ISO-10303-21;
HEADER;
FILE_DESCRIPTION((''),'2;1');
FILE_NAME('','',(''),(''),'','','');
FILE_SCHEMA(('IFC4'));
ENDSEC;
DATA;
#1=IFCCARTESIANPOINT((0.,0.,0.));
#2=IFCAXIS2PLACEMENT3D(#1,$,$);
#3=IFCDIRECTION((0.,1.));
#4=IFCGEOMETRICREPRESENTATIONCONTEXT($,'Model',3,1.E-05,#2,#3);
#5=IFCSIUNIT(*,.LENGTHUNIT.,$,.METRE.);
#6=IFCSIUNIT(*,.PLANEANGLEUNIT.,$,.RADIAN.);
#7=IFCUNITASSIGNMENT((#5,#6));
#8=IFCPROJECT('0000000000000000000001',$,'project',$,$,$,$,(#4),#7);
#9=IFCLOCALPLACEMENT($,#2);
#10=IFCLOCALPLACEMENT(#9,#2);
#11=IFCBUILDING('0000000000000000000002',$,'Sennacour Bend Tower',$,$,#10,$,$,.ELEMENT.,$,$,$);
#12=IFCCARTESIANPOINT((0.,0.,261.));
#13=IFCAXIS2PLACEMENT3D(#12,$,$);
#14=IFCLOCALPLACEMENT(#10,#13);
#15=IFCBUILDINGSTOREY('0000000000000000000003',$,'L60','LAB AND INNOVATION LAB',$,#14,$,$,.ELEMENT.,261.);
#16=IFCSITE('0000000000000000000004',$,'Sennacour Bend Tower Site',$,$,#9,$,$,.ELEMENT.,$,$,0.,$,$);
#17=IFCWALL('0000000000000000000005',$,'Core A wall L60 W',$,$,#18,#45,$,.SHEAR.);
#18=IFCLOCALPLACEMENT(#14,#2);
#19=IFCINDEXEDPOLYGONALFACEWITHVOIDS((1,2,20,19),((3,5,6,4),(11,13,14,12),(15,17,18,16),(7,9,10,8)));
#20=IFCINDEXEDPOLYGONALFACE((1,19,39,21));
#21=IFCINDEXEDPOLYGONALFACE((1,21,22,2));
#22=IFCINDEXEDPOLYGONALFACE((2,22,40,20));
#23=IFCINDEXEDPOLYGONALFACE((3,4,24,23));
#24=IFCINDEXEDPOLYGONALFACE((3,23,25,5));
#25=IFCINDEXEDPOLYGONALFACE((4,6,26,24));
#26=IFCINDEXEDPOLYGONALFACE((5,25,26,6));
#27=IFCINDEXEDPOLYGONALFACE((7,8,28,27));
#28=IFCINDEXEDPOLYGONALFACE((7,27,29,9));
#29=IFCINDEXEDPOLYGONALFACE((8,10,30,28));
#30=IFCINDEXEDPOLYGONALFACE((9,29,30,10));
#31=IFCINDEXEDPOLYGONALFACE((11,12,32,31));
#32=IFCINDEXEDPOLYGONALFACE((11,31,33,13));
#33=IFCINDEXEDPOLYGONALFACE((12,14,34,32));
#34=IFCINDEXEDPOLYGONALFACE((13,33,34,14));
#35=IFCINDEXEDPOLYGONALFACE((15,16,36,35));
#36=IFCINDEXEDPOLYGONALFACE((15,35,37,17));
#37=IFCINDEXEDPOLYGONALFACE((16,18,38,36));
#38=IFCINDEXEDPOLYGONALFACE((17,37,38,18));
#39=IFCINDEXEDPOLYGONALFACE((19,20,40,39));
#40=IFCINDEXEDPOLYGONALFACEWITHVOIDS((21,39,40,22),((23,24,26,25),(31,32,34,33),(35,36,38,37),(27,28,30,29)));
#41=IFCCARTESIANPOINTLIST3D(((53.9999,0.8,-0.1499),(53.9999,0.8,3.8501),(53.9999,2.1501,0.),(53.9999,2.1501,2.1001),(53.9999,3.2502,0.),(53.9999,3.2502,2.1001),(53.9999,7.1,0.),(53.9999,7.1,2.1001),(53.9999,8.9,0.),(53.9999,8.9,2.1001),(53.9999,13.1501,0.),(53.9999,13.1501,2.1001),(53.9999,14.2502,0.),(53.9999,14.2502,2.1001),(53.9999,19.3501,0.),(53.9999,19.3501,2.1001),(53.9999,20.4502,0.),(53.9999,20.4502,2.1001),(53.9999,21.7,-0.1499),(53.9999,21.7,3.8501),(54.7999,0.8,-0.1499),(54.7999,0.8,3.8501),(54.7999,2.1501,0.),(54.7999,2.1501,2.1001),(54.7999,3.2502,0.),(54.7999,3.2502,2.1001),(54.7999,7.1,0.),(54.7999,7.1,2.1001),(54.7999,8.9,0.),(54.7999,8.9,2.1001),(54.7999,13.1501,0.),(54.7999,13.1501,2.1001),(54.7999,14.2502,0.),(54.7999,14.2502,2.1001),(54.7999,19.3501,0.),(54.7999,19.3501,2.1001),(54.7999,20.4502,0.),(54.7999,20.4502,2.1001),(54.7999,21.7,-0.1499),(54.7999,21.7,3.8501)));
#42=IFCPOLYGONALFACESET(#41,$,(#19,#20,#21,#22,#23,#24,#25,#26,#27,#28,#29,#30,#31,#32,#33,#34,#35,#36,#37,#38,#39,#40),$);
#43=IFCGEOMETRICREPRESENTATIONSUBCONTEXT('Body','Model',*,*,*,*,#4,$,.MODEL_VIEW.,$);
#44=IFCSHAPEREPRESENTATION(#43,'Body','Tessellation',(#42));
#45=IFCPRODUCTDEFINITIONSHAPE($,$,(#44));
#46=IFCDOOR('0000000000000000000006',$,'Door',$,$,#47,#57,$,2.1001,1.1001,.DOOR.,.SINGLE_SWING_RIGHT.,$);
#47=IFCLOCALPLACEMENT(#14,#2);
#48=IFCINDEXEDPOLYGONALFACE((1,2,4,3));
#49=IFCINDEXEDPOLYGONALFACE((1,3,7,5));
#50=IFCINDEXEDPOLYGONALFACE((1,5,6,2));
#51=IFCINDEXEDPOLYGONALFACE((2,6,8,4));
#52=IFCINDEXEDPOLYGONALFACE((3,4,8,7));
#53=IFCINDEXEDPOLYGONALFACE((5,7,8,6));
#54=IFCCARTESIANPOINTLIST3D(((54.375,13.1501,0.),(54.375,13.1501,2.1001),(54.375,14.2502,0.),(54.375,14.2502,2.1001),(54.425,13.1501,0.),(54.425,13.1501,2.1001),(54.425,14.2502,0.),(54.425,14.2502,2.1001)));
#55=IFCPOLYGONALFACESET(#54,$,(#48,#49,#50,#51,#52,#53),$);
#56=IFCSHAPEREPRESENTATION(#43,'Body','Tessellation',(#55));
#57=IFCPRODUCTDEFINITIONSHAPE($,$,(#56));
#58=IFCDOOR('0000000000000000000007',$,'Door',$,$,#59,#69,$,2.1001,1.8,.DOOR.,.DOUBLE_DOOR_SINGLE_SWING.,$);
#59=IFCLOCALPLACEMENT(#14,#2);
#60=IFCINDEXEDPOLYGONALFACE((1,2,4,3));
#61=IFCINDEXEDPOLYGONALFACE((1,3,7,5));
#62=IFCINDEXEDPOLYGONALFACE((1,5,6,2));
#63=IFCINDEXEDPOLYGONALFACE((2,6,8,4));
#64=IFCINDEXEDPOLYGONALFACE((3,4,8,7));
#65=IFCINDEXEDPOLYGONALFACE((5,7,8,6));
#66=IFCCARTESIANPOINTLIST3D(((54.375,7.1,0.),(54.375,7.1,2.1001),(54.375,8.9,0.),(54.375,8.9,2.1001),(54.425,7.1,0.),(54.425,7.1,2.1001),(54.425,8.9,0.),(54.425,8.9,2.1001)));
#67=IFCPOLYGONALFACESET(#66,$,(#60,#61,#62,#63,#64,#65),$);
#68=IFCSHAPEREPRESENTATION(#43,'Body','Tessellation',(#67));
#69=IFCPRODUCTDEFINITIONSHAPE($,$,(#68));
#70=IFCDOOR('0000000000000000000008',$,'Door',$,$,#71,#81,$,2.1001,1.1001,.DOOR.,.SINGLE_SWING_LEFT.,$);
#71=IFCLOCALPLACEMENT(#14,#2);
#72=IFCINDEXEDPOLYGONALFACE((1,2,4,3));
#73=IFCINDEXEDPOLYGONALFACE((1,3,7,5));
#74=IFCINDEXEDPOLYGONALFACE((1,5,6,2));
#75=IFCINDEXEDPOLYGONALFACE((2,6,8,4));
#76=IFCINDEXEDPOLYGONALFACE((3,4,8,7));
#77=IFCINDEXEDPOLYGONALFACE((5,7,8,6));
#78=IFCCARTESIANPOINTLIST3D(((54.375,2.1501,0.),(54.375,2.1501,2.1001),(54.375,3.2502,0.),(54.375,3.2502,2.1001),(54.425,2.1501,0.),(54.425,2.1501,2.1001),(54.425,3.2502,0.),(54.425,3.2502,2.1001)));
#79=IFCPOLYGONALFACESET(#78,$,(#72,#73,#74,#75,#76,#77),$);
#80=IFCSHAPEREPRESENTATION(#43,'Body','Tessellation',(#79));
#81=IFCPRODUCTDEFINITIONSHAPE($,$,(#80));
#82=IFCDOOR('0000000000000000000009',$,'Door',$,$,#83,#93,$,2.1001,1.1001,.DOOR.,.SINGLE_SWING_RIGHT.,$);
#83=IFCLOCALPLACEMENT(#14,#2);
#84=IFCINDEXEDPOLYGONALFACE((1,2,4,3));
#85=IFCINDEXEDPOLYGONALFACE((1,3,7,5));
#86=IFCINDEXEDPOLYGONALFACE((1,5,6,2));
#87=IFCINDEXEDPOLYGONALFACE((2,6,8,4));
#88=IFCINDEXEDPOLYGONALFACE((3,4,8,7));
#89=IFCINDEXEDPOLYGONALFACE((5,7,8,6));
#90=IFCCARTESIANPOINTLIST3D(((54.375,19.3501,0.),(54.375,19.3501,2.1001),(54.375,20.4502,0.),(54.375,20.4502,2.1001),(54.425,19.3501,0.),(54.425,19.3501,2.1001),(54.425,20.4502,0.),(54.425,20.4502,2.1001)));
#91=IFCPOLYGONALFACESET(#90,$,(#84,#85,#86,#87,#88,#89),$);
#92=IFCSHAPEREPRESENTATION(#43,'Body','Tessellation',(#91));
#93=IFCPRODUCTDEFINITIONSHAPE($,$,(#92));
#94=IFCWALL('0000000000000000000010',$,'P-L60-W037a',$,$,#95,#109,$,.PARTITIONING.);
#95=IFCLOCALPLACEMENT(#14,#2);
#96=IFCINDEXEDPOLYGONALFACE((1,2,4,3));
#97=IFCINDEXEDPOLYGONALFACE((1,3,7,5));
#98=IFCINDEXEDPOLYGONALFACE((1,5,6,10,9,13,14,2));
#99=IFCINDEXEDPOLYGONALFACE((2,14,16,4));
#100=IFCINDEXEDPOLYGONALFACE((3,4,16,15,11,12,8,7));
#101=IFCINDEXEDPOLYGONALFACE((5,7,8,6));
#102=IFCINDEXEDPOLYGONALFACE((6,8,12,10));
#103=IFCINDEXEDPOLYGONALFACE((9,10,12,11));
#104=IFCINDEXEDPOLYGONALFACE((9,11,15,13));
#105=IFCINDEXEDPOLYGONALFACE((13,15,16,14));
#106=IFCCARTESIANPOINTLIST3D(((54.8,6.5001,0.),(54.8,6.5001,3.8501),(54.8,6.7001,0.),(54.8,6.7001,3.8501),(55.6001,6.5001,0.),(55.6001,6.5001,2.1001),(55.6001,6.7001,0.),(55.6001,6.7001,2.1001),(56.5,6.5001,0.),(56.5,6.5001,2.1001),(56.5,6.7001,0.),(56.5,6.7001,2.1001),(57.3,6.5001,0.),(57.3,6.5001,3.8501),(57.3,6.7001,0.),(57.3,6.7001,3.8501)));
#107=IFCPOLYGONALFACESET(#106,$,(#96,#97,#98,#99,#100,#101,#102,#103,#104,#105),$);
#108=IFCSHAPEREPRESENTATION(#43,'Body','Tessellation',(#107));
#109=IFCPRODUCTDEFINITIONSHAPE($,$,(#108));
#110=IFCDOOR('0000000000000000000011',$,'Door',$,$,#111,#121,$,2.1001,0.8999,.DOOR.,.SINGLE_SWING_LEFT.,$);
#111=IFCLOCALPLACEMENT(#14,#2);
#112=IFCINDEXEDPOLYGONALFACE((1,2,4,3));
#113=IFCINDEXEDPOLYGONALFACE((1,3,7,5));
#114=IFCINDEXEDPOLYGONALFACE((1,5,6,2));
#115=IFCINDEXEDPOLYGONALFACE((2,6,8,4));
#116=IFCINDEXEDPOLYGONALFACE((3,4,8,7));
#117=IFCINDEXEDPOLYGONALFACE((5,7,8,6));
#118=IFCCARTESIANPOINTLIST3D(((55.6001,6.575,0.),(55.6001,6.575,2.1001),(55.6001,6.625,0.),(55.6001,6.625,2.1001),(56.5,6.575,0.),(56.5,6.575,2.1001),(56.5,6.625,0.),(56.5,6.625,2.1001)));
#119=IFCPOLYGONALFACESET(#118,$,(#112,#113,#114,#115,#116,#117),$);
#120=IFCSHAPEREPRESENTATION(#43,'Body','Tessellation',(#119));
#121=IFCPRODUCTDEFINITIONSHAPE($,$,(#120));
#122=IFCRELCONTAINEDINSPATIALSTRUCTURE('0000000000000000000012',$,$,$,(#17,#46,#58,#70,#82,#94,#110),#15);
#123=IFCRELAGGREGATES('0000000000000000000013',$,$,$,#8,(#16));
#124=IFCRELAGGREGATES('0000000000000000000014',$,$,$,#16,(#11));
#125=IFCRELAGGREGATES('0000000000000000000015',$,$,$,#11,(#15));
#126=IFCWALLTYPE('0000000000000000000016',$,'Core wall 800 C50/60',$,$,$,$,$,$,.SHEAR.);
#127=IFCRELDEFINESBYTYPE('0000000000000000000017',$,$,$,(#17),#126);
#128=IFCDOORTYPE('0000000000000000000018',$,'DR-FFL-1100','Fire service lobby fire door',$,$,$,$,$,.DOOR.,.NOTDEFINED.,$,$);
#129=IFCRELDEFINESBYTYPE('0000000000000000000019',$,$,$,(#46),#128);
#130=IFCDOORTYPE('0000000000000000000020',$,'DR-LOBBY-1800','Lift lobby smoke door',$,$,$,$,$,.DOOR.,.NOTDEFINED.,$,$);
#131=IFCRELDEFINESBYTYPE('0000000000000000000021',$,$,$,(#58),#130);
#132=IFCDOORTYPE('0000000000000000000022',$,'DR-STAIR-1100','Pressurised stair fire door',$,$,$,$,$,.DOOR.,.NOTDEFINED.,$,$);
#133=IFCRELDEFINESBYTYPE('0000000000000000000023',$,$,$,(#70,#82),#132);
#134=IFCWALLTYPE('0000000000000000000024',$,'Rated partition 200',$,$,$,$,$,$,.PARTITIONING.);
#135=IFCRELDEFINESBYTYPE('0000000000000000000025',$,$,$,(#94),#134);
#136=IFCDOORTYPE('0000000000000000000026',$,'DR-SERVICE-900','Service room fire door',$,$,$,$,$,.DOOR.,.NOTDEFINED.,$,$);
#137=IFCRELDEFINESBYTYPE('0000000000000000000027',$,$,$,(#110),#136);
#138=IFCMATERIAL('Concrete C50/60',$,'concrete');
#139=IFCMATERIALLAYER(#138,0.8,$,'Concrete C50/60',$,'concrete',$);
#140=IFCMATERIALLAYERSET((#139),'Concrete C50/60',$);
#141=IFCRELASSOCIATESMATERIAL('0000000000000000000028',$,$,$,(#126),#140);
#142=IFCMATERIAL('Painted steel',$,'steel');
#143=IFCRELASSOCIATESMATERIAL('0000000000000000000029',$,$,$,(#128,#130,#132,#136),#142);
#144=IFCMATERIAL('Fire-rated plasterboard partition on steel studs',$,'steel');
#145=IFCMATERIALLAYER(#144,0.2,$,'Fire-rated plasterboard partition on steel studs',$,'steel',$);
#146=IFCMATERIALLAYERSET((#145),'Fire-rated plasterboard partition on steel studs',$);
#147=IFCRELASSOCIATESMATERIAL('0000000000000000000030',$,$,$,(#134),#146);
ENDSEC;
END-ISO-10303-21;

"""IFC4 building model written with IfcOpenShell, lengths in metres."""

from ifc_helpers import new_model, si_unit, direction, frame, frame_2d, origin, place, context, subcontext, project, spatial, rectangle, extrude, material, layer, layer_set, type_object, element, fill, save


model = new_model("IFC4")

# Units and contexts
model_context = context("Model", 3, precision=1e-05, world=origin(), true_north=direction((0.0, 1.0)))
body_context = subcontext(model_context, "Body", "Model", "MODEL_VIEW")
ifc_project = project(units=[si_unit("LENGTHUNIT", "METRE"), si_unit("PLANEANGLEUNIT", "RADIAN")], contexts=[model_context])

# Site, building, storey
site_placement = place(None, origin())
site = spatial("IfcSite", under=ifc_project, at=site_placement, Name="Sennacour Bend Tower Site", CompositionType="ELEMENT", RefElevation=0.0)
building_placement = place(site_placement, origin())
building = spatial("IfcBuilding", under=site, at=building_placement, Name="Sennacour Bend Tower", CompositionType="ELEMENT")
storey_placement = place(building_placement, frame((0.0, 0.0, 261.0)))
storey = spatial("IfcBuildingStorey", under=building, at=storey_placement, Name="L60", Description="LAB AND INNOVATION LAB", CompositionType="ELEMENT", Elevation=261.0)

# Wall, openings, doors
ifc_material_1 = material(Name="Concrete C50/60", Category="concrete")
ifc_layer_1 = layer(ifc_material_1, 0.8, Name="Concrete C50/60", Category="concrete")
ifc_layer_set_1 = layer_set([ifc_layer_1], Name="Concrete C50/60")
wall_type_1 = type_object("IfcWallType", Name="Core wall 800 C50/60", PredefinedType="SHEAR", material=ifc_layer_set_1)
wall_1_placement = place(storey_placement, frame((54.3999, 0.8, -0.1499), z_axis=(0.0, 0.0, 1.0), x_axis=(0.0, 1.0, 0.0)))
wall_1 = element("IfcWall", 1, at=wall_1_placement, inside=storey, type_object=wall_type_1, Name="Core A wall L60 W", PredefinedType="SHEAR", context=body_context, shape_type="SweptSolid", body=[
    extrude(rectangle(XDim=20.8999, YDim=0.8, at=frame_2d((10.45, 0.0))), origin(), (0.0, 0.0, 1.0), 4.0),
])
opening_1_placement = place(wall_1_placement, frame((6.3, 0.0, 0.1499)))
opening_1 = element("IfcOpeningElement", 2, at=opening_1_placement, cuts=wall_1, PredefinedType="OPENING", context=body_context, shape_type="SweptSolid", body=[
    extrude(rectangle(XDim=1.8, YDim=2.1001, at=frame_2d((0.8999, 1.05))), frame((0.0, 0.4102, 0.0), z_axis=(0.0, -1.0, 0.0), x_axis=(1.0, 0.0, 0.0)), (0.0, 0.0, 1.0), 0.8201),
])
opening_2_placement = place(wall_1_placement, frame((12.3501, 0.0, 0.1499)))
opening_2 = element("IfcOpeningElement", 3, at=opening_2_placement, cuts=wall_1, PredefinedType="OPENING", context=body_context, shape_type="SweptSolid", body=[
    extrude(rectangle(XDim=1.1001, YDim=2.1001, at=frame_2d((0.55, 1.05))), frame((0.0, 0.4102, 0.0), z_axis=(0.0, -1.0, 0.0), x_axis=(1.0, 0.0, 0.0)), (0.0, 0.0, 1.0), 0.8201),
])
opening_3_placement = place(wall_1_placement, frame((1.3501, 0.0, 0.1499)))
opening_3 = element("IfcOpeningElement", 4, at=opening_3_placement, cuts=wall_1, PredefinedType="OPENING", context=body_context, shape_type="SweptSolid", body=[
    extrude(rectangle(XDim=1.1001, YDim=2.1001, at=frame_2d((0.55, 1.05))), frame((0.0, 0.4102, 0.0), z_axis=(0.0, -1.0, 0.0), x_axis=(1.0, 0.0, 0.0)), (0.0, 0.0, 1.0), 0.8201),
])
opening_4_placement = place(wall_1_placement, frame((18.55, 0.0, 0.1499)))
opening_4 = element("IfcOpeningElement", 5, at=opening_4_placement, cuts=wall_1, PredefinedType="OPENING", context=body_context, shape_type="SweptSolid", body=[
    extrude(rectangle(XDim=1.1001, YDim=2.1001, at=frame_2d((0.55, 1.05))), frame((0.0, 0.4102, 0.0), z_axis=(0.0, -1.0, 0.0), x_axis=(1.0, 0.0, 0.0)), (0.0, 0.0, 1.0), 0.8201),
])
ifc_material_2 = material(Name="Painted steel", Category="steel")
door_type_1 = type_object("IfcDoorType", Name="DR-FFL-1100", Description="Fire service lobby fire door", OperationType="NOTDEFINED", PredefinedType="DOOR", material=ifc_material_2)
door_1_placement = place(opening_2_placement, origin())
door_1 = element("IfcDoor", 6, at=door_1_placement, inside=storey, type_object=door_type_1, Name="Door", OperationType="SINGLE_SWING_RIGHT", OverallHeight=2.1001, OverallWidth=1.1001, PredefinedType="DOOR", context=body_context, shape_type="SweptSolid", body=[
    extrude(rectangle(XDim=1.1001, YDim=2.1001, at=frame_2d((0.55, 1.05))), frame((0.0, 0.0249, 0.0), z_axis=(0.0, -1.0, 0.0), x_axis=(1.0, 0.0, 0.0)), (0.0, 0.0, 1.0), 0.05),
])
fill(opening_2, door_1)
door_type_2 = type_object("IfcDoorType", Name="DR-LOBBY-1800", Description="Lift lobby smoke door", OperationType="NOTDEFINED", PredefinedType="DOOR", material=ifc_material_2)
door_2_placement = place(opening_1_placement, origin())
door_2 = element("IfcDoor", 7, at=door_2_placement, inside=storey, type_object=door_type_2, Name="Door", OperationType="DOUBLE_DOOR_SINGLE_SWING", OverallHeight=2.1001, OverallWidth=1.8, PredefinedType="DOOR", context=body_context, shape_type="SweptSolid", body=[
    extrude(rectangle(XDim=1.8, YDim=2.1001, at=frame_2d((0.8999, 1.05))), frame((0.0, 0.0249, 0.0), z_axis=(0.0, -1.0, 0.0), x_axis=(1.0, 0.0, 0.0)), (0.0, 0.0, 1.0), 0.05),
])
fill(opening_1, door_2)
door_type_3 = type_object("IfcDoorType", Name="DR-STAIR-1100", Description="Pressurised stair fire door", OperationType="NOTDEFINED", PredefinedType="DOOR", material=ifc_material_2)
door_3_placement = place(opening_3_placement, origin())
door_3 = element("IfcDoor", 8, at=door_3_placement, inside=storey, type_object=door_type_3, Name="Door", OperationType="SINGLE_SWING_LEFT", OverallHeight=2.1001, OverallWidth=1.1001, PredefinedType="DOOR", context=body_context, shape_type="SweptSolid", body=[
    extrude(rectangle(XDim=1.1001, YDim=2.1001, at=frame_2d((0.55, 1.05))), frame((0.0, 0.0249, 0.0), z_axis=(0.0, -1.0, 0.0), x_axis=(1.0, 0.0, 0.0)), (0.0, 0.0, 1.0), 0.05),
])
fill(opening_3, door_3)
door_4_placement = place(opening_4_placement, origin())
door_4 = element("IfcDoor", 9, at=door_4_placement, inside=storey, type_object=door_type_3, Name="Door", OperationType="SINGLE_SWING_RIGHT", OverallHeight=2.1001, OverallWidth=1.1001, PredefinedType="DOOR", context=body_context, shape_type="SweptSolid", body=[
    extrude(rectangle(XDim=1.1001, YDim=2.1001, at=frame_2d((0.55, 1.05))), frame((0.0, 0.0249, 0.0), z_axis=(0.0, -1.0, 0.0), x_axis=(1.0, 0.0, 0.0)), (0.0, 0.0, 1.0), 0.05),
])
fill(opening_4, door_4)

# Wall, opening, door
ifc_material_3 = material(Name="Fire-rated plasterboard partition on steel studs", Category="steel")
ifc_layer_2 = layer(ifc_material_3, 0.2, Name="Fire-rated plasterboard partition on steel studs", Category="steel")
ifc_layer_set_2 = layer_set([ifc_layer_2], Name="Fire-rated plasterboard partition on steel studs")
wall_type_2 = type_object("IfcWallType", Name="Rated partition 200", PredefinedType="PARTITIONING", material=ifc_layer_set_2)
wall_2_placement = place(storey_placement, frame((54.8, 6.6001, 0.0), z_axis=(0.0, 0.0, 1.0), x_axis=(1.0, 0.0, 0.0)))
wall_2 = element("IfcWall", 10, at=wall_2_placement, inside=storey, type_object=wall_type_2, Name="P-L60-W037a", PredefinedType="PARTITIONING", context=body_context, shape_type="SweptSolid", body=[
    extrude(rectangle(XDim=2.5, YDim=0.2, at=frame_2d((1.25, 0.0))), origin(), (0.0, 0.0, 1.0), 3.8501),
])
opening_5_placement = place(wall_2_placement, frame((0.8, 0.0, 0.0)))
opening_5 = element("IfcOpeningElement", 11, at=opening_5_placement, cuts=wall_2, PredefinedType="OPENING", context=body_context, shape_type="SweptSolid", body=[
    extrude(rectangle(XDim=0.8999, YDim=2.1001, at=frame_2d((0.45, 1.05))), frame((0.0, 0.1099, 0.0), z_axis=(0.0, -1.0, 0.0), x_axis=(1.0, 0.0, 0.0)), (0.0, 0.0, 1.0), 0.22),
])
door_type_4 = type_object("IfcDoorType", Name="DR-SERVICE-900", Description="Service room fire door", OperationType="NOTDEFINED", PredefinedType="DOOR", material=ifc_material_2)
door_5_placement = place(opening_5_placement, origin())
door_5 = element("IfcDoor", 12, at=door_5_placement, inside=storey, type_object=door_type_4, Name="Door", OperationType="SINGLE_SWING_LEFT", OverallHeight=2.1001, OverallWidth=0.8999, PredefinedType="DOOR", context=body_context, shape_type="SweptSolid", body=[
    extrude(rectangle(XDim=0.8999, YDim=2.1001, at=frame_2d((0.45, 1.05))), frame((0.0, 0.0249, 0.0), z_axis=(0.0, -1.0, 0.0), x_axis=(1.0, 0.0, 0.0)), (0.0, 0.0, 1.0), 0.05),
])
fill(opening_5, door_5)

save(model, "model.ifc")
